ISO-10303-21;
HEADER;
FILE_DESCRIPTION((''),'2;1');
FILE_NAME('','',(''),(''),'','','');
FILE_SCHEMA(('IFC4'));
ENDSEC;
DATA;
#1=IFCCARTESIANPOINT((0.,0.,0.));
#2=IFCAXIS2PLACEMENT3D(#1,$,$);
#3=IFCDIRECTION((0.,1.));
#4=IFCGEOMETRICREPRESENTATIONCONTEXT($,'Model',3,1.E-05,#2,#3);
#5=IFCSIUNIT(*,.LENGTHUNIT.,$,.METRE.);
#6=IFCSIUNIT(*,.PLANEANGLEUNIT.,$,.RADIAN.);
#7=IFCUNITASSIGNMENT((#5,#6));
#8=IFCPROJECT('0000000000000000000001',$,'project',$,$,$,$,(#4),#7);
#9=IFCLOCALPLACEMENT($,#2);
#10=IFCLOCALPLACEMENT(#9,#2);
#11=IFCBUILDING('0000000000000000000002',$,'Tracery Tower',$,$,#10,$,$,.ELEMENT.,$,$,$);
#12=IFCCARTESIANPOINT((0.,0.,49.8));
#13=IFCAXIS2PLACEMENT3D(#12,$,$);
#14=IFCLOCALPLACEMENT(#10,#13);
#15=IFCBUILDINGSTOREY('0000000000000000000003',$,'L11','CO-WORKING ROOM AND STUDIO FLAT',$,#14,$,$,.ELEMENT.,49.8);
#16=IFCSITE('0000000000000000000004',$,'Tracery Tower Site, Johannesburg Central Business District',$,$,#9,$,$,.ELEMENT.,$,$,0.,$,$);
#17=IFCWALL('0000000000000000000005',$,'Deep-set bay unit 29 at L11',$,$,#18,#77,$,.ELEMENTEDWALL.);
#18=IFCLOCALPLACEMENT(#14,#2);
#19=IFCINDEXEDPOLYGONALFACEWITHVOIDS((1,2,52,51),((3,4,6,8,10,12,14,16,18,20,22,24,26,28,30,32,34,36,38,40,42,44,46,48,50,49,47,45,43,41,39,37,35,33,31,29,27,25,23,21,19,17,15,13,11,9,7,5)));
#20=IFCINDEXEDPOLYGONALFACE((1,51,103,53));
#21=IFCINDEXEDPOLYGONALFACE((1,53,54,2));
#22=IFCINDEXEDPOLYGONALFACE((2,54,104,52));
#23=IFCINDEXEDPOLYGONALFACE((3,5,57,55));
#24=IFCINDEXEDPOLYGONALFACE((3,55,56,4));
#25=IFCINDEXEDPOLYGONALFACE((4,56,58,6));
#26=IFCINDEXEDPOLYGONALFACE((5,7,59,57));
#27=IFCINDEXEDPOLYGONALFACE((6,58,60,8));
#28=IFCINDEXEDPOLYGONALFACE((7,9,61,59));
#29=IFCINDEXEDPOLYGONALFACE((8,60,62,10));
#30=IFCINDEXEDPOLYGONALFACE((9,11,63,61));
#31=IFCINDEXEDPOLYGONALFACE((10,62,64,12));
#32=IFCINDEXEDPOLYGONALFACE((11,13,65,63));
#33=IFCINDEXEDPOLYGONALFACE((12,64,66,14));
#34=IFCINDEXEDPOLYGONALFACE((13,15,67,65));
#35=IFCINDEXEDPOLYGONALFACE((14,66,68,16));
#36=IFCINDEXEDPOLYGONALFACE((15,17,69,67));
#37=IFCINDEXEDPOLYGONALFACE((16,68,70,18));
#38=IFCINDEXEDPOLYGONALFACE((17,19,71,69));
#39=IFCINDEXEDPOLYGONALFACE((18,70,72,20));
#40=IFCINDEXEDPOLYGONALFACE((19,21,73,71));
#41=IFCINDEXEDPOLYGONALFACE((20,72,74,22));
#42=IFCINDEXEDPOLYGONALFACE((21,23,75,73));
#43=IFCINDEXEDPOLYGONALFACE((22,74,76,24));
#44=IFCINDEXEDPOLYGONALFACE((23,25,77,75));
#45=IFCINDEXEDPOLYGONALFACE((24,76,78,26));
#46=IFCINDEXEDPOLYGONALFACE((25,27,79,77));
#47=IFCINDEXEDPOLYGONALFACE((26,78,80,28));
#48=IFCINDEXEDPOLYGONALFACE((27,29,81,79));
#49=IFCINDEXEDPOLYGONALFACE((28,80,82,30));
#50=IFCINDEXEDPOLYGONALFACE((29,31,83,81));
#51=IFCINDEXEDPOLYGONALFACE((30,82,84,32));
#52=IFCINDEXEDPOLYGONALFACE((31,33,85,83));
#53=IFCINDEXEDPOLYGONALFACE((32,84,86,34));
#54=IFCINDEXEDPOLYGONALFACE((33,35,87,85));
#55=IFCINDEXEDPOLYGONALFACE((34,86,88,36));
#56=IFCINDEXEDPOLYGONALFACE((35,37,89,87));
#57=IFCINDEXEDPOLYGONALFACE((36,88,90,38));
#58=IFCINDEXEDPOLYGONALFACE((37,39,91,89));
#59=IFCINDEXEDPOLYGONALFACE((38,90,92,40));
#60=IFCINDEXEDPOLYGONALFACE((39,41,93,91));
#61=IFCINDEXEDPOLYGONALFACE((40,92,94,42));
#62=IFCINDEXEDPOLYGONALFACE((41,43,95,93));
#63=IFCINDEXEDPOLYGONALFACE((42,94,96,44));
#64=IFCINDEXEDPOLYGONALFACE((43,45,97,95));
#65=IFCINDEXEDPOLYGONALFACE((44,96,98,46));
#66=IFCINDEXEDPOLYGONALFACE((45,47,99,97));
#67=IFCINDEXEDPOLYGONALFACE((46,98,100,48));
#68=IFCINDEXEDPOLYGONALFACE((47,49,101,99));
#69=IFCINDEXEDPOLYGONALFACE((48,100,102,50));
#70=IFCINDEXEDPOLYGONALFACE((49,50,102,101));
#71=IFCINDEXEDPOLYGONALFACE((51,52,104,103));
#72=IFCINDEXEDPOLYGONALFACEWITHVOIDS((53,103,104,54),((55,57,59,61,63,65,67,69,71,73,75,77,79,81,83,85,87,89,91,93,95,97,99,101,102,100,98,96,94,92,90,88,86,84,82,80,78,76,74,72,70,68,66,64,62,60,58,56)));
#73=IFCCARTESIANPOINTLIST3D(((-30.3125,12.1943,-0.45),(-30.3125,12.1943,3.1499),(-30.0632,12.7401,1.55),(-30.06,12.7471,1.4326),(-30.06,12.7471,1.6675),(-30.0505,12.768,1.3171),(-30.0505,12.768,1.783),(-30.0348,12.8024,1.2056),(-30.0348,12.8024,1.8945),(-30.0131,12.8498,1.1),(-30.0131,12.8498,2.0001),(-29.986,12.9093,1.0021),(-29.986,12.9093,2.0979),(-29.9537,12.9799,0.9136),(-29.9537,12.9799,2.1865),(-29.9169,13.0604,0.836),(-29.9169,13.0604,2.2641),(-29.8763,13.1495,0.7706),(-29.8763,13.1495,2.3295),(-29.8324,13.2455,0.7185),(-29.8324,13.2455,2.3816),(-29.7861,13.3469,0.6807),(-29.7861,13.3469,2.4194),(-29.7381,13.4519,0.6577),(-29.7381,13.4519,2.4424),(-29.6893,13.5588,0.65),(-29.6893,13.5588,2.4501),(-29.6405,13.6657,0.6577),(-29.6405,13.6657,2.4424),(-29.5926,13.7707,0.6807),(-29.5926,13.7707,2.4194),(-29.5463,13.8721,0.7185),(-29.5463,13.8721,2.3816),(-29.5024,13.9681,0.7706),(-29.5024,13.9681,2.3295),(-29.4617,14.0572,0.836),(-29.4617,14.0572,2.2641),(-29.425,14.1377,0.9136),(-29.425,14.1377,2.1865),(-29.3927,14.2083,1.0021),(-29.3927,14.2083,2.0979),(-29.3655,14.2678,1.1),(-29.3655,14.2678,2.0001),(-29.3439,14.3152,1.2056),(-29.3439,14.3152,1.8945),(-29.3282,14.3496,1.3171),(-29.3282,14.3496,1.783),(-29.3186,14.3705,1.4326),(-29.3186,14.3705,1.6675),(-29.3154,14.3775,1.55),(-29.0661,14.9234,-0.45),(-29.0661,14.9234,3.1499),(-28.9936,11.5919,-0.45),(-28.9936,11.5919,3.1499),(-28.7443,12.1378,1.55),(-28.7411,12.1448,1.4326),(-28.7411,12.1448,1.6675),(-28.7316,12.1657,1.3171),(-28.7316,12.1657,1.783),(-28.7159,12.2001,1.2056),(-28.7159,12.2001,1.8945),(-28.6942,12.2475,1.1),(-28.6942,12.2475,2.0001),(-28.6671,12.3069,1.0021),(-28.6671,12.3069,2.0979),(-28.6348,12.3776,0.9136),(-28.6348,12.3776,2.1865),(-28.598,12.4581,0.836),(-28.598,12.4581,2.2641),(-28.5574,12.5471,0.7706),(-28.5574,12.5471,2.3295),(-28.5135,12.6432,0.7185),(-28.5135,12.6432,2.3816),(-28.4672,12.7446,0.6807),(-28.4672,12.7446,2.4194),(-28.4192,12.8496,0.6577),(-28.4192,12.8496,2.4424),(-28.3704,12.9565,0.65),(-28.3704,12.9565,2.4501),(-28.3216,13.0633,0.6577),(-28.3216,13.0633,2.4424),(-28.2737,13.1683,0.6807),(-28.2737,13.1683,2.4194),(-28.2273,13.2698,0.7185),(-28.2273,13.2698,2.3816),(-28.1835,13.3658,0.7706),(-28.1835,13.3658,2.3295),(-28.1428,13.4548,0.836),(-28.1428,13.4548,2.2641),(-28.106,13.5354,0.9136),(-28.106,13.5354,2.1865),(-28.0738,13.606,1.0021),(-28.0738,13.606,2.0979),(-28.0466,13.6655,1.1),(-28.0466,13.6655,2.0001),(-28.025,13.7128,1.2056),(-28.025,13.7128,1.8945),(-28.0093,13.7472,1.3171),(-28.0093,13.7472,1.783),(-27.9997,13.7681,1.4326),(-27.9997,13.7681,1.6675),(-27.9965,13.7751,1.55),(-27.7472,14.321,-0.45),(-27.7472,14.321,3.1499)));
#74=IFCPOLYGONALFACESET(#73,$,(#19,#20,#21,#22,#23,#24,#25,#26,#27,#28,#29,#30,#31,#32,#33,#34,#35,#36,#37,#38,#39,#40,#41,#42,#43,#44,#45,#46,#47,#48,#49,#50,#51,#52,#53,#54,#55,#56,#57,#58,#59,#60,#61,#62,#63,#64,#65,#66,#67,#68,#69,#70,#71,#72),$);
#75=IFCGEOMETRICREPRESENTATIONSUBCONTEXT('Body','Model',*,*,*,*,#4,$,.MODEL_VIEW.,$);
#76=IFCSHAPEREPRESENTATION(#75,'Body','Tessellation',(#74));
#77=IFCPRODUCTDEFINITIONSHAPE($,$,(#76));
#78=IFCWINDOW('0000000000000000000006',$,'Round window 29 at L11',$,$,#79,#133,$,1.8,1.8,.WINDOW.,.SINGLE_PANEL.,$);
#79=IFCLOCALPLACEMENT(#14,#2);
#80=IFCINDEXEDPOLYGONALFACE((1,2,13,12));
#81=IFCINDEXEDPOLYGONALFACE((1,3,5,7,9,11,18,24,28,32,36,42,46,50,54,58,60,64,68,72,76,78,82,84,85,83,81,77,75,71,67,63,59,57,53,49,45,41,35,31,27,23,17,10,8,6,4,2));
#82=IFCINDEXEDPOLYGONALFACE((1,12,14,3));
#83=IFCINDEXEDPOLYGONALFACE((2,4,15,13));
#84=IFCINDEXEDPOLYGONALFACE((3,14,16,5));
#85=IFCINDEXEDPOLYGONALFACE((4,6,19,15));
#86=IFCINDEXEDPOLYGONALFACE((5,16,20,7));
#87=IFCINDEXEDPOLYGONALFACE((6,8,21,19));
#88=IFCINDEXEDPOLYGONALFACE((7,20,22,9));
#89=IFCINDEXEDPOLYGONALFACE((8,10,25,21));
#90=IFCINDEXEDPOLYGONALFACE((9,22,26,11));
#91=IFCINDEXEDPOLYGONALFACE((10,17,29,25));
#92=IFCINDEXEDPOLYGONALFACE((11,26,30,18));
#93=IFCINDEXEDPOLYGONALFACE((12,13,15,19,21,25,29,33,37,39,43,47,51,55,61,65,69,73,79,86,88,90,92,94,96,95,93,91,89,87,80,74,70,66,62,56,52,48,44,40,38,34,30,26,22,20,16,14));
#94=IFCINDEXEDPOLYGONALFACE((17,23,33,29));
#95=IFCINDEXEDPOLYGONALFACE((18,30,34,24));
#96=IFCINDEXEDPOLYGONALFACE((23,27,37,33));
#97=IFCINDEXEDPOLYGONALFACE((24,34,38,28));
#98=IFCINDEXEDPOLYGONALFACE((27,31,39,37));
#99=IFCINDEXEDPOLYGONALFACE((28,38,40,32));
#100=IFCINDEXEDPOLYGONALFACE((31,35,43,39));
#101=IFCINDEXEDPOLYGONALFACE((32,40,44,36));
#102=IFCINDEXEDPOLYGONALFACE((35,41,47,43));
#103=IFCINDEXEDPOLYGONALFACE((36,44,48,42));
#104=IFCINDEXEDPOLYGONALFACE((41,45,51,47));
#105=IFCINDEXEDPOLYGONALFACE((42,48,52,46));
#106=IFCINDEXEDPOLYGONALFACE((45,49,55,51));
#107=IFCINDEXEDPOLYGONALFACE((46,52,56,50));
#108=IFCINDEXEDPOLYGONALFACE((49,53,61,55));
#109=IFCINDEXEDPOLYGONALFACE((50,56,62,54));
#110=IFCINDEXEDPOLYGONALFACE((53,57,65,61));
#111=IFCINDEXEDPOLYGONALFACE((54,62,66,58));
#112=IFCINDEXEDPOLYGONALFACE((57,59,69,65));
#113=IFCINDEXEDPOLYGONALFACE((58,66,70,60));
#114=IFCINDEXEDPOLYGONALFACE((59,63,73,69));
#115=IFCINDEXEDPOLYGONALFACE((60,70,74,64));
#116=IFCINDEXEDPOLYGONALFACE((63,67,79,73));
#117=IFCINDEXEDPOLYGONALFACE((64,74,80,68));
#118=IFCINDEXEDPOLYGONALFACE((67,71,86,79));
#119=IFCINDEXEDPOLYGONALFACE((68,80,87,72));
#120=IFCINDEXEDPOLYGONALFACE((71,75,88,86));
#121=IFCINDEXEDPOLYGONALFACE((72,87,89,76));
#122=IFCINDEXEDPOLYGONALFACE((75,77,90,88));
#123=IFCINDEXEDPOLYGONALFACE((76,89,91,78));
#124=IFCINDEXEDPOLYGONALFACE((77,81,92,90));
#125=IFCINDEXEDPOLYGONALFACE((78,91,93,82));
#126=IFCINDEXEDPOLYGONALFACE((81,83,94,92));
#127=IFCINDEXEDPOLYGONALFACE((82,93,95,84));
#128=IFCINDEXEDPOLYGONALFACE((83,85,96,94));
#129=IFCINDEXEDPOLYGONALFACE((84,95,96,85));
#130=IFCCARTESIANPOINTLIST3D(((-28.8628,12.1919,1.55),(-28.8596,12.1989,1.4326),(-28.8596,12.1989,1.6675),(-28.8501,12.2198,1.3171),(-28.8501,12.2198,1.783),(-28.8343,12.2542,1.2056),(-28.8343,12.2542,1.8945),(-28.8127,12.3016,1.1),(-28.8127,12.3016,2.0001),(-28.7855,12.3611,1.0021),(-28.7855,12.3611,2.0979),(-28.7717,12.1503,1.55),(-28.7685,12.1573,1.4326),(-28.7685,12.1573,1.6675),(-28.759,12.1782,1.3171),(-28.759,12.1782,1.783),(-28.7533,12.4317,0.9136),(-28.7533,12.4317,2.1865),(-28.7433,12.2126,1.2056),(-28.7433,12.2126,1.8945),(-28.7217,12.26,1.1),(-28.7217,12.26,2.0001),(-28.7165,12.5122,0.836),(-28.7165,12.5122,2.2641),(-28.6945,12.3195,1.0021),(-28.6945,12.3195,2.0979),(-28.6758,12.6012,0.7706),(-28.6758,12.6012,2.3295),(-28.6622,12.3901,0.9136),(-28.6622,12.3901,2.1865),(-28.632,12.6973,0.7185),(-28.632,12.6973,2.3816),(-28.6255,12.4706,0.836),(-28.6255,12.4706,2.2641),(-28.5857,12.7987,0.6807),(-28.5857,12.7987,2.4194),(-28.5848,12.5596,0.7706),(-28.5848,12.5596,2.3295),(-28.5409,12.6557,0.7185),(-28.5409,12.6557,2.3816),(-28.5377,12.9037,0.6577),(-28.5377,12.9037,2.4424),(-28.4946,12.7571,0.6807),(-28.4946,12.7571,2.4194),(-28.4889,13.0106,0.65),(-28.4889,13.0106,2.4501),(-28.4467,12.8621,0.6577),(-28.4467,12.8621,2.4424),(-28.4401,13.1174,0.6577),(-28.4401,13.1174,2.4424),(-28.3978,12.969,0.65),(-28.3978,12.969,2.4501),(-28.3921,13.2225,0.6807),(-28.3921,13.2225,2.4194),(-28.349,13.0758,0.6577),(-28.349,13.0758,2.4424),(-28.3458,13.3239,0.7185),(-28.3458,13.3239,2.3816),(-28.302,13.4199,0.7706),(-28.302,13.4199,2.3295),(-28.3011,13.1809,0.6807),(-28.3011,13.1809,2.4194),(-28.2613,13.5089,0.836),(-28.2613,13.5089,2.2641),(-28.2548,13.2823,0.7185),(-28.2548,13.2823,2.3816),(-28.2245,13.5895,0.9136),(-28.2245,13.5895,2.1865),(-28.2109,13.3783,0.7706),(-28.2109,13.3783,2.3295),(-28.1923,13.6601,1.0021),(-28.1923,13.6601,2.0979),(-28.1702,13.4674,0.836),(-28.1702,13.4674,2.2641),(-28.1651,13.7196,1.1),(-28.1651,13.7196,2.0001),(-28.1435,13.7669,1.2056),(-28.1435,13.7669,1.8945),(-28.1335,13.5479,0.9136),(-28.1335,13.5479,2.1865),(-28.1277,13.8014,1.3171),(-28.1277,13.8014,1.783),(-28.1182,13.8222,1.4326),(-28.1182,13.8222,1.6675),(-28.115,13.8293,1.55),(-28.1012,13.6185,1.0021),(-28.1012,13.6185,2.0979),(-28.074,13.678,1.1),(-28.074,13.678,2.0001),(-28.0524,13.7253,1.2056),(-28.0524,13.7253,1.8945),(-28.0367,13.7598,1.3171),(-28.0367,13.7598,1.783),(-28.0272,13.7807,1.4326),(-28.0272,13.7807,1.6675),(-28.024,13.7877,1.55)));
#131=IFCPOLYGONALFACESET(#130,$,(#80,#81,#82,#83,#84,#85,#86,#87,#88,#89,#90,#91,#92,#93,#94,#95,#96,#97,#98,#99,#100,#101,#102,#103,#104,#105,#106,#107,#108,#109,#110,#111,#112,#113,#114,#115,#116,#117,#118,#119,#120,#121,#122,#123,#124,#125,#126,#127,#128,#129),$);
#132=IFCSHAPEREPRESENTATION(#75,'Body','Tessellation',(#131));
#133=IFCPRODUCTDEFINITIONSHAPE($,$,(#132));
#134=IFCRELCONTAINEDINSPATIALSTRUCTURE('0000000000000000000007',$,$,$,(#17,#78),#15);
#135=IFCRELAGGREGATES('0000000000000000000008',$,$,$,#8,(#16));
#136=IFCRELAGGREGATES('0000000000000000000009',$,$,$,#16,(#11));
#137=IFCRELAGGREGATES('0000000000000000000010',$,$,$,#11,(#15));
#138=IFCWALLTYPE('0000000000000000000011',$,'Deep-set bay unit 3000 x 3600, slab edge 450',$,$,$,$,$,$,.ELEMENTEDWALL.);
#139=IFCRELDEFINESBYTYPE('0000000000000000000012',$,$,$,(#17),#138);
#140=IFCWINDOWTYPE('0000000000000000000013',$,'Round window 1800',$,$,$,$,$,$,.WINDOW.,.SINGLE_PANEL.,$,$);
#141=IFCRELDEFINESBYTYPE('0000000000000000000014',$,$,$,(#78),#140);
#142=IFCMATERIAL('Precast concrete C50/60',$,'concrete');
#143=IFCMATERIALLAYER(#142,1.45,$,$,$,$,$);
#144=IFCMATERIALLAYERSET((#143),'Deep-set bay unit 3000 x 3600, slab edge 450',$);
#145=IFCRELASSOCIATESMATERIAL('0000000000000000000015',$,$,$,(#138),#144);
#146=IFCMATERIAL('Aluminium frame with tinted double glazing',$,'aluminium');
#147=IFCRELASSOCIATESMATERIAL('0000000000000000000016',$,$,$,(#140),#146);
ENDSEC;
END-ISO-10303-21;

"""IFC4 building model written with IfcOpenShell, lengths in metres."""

from ifc_helpers import new_model, si_unit, direction, frame, frame_2d, origin, origin_2d, place, context, subcontext, project, spatial, rectangle, circle, extrude, material, layer, layer_set, type_object, element, fill, save


model = new_model("IFC4")

# Units and contexts
model_context = context("Model", 3, precision=1e-05, world=origin(), true_north=direction((0.0, 1.0)))
body_context = subcontext(model_context, "Body", "Model", "MODEL_VIEW")
ifc_project = project(units=[si_unit("LENGTHUNIT", "METRE"), si_unit("PLANEANGLEUNIT", "RADIAN")], contexts=[model_context])

# Site, building, storey
site_placement = place(None, origin())
site = spatial("IfcSite", under=ifc_project, at=site_placement, Name="Tracery Tower Site, Johannesburg Central Business District", CompositionType="ELEMENT", RefElevation=0.0)
building_placement = place(site_placement, origin())
building = spatial("IfcBuilding", under=site, at=building_placement, Name="Tracery Tower", CompositionType="ELEMENT")
storey_placement = place(building_placement, frame((0.0, 0.0, 49.8)))
storey = spatial("IfcBuildingStorey", under=building, at=storey_placement, Name="L11", Description="CO-WORKING ROOM AND STUDIO FLAT", CompositionType="ELEMENT", Elevation=49.8)

# Wall, opening, window
ifc_material_1 = material(Name="Precast concrete C50/60", Category="concrete")
ifc_layer_1 = layer(ifc_material_1, 1.45)
ifc_layer_set_1 = layer_set([ifc_layer_1], Name="Deep-set bay unit 3000 x 3600, slab edge 450")
wall_type_1 = type_object("IfcWallType", Name="Deep-set bay unit 3000 x 3600, slab edge 450", PredefinedType="ELEMENTEDWALL", material=ifc_layer_set_1)
ifc_material_2 = material(Name="Aluminium frame with tinted double glazing", Category="aluminium")
window_type = type_object("IfcWindowType", Name="Round window 1800", PartitioningType="SINGLE_PANEL", PredefinedType="WINDOW", material=ifc_material_2)
wall_1_placement = place(storey_placement, frame((-28.4067, 14.6221, -0.45), z_axis=(0.0, 0.0, 1.0), x_axis=(-0.415427, -0.909627, 0.0)))
wall_1 = element("IfcWall", 1, at=wall_1_placement, inside=storey, type_object=wall_type_1, Name="Deep-set bay unit 29 at L11", PredefinedType="ELEMENTEDWALL", context=body_context, shape_type="SweptSolid", body=[
    extrude(rectangle(XDim=3.0002, YDim=1.45, at=frame_2d((1.5, 0.0))), origin(), (0.0, 0.0, 1.0), 3.5999),
])
opening_1_placement = place(wall_1_placement, frame((1.5, 0.0, 2.0)))
opening_1 = element("IfcOpeningElement", 2, at=opening_1_placement, cuts=wall_1, PredefinedType="OPENING", context=body_context, shape_type="SweptSolid", body=[
    extrude(circle(Radius=0.9, at=origin_2d()), frame((0.0, 0.7349, 0.0), z_axis=(0.0, -1.0, 0.0), x_axis=(1.0, 0.0, 0.0)), (0.0, 0.0, 1.0), 1.47),
])
window_1_placement = place(opening_1_placement, origin())
window_1 = element("IfcWindow", 3, at=window_1_placement, inside=storey, type_object=window_type, Name="Round window 29 at L11", OverallHeight=1.8, OverallWidth=1.8, PartitioningType="SINGLE_PANEL", PredefinedType="WINDOW", context=body_context, shape_type="SweptSolid", body=[
    extrude(circle(Radius=0.9, at=origin_2d()), frame((0.0, 0.6948, 0.0), z_axis=(0.0, -1.0, 0.0), x_axis=(1.0, 0.0, 0.0)), (0.0, 0.0, 1.0), 0.1001),
])
fill(opening_1, window_1)

save(model, "model.ifc")
